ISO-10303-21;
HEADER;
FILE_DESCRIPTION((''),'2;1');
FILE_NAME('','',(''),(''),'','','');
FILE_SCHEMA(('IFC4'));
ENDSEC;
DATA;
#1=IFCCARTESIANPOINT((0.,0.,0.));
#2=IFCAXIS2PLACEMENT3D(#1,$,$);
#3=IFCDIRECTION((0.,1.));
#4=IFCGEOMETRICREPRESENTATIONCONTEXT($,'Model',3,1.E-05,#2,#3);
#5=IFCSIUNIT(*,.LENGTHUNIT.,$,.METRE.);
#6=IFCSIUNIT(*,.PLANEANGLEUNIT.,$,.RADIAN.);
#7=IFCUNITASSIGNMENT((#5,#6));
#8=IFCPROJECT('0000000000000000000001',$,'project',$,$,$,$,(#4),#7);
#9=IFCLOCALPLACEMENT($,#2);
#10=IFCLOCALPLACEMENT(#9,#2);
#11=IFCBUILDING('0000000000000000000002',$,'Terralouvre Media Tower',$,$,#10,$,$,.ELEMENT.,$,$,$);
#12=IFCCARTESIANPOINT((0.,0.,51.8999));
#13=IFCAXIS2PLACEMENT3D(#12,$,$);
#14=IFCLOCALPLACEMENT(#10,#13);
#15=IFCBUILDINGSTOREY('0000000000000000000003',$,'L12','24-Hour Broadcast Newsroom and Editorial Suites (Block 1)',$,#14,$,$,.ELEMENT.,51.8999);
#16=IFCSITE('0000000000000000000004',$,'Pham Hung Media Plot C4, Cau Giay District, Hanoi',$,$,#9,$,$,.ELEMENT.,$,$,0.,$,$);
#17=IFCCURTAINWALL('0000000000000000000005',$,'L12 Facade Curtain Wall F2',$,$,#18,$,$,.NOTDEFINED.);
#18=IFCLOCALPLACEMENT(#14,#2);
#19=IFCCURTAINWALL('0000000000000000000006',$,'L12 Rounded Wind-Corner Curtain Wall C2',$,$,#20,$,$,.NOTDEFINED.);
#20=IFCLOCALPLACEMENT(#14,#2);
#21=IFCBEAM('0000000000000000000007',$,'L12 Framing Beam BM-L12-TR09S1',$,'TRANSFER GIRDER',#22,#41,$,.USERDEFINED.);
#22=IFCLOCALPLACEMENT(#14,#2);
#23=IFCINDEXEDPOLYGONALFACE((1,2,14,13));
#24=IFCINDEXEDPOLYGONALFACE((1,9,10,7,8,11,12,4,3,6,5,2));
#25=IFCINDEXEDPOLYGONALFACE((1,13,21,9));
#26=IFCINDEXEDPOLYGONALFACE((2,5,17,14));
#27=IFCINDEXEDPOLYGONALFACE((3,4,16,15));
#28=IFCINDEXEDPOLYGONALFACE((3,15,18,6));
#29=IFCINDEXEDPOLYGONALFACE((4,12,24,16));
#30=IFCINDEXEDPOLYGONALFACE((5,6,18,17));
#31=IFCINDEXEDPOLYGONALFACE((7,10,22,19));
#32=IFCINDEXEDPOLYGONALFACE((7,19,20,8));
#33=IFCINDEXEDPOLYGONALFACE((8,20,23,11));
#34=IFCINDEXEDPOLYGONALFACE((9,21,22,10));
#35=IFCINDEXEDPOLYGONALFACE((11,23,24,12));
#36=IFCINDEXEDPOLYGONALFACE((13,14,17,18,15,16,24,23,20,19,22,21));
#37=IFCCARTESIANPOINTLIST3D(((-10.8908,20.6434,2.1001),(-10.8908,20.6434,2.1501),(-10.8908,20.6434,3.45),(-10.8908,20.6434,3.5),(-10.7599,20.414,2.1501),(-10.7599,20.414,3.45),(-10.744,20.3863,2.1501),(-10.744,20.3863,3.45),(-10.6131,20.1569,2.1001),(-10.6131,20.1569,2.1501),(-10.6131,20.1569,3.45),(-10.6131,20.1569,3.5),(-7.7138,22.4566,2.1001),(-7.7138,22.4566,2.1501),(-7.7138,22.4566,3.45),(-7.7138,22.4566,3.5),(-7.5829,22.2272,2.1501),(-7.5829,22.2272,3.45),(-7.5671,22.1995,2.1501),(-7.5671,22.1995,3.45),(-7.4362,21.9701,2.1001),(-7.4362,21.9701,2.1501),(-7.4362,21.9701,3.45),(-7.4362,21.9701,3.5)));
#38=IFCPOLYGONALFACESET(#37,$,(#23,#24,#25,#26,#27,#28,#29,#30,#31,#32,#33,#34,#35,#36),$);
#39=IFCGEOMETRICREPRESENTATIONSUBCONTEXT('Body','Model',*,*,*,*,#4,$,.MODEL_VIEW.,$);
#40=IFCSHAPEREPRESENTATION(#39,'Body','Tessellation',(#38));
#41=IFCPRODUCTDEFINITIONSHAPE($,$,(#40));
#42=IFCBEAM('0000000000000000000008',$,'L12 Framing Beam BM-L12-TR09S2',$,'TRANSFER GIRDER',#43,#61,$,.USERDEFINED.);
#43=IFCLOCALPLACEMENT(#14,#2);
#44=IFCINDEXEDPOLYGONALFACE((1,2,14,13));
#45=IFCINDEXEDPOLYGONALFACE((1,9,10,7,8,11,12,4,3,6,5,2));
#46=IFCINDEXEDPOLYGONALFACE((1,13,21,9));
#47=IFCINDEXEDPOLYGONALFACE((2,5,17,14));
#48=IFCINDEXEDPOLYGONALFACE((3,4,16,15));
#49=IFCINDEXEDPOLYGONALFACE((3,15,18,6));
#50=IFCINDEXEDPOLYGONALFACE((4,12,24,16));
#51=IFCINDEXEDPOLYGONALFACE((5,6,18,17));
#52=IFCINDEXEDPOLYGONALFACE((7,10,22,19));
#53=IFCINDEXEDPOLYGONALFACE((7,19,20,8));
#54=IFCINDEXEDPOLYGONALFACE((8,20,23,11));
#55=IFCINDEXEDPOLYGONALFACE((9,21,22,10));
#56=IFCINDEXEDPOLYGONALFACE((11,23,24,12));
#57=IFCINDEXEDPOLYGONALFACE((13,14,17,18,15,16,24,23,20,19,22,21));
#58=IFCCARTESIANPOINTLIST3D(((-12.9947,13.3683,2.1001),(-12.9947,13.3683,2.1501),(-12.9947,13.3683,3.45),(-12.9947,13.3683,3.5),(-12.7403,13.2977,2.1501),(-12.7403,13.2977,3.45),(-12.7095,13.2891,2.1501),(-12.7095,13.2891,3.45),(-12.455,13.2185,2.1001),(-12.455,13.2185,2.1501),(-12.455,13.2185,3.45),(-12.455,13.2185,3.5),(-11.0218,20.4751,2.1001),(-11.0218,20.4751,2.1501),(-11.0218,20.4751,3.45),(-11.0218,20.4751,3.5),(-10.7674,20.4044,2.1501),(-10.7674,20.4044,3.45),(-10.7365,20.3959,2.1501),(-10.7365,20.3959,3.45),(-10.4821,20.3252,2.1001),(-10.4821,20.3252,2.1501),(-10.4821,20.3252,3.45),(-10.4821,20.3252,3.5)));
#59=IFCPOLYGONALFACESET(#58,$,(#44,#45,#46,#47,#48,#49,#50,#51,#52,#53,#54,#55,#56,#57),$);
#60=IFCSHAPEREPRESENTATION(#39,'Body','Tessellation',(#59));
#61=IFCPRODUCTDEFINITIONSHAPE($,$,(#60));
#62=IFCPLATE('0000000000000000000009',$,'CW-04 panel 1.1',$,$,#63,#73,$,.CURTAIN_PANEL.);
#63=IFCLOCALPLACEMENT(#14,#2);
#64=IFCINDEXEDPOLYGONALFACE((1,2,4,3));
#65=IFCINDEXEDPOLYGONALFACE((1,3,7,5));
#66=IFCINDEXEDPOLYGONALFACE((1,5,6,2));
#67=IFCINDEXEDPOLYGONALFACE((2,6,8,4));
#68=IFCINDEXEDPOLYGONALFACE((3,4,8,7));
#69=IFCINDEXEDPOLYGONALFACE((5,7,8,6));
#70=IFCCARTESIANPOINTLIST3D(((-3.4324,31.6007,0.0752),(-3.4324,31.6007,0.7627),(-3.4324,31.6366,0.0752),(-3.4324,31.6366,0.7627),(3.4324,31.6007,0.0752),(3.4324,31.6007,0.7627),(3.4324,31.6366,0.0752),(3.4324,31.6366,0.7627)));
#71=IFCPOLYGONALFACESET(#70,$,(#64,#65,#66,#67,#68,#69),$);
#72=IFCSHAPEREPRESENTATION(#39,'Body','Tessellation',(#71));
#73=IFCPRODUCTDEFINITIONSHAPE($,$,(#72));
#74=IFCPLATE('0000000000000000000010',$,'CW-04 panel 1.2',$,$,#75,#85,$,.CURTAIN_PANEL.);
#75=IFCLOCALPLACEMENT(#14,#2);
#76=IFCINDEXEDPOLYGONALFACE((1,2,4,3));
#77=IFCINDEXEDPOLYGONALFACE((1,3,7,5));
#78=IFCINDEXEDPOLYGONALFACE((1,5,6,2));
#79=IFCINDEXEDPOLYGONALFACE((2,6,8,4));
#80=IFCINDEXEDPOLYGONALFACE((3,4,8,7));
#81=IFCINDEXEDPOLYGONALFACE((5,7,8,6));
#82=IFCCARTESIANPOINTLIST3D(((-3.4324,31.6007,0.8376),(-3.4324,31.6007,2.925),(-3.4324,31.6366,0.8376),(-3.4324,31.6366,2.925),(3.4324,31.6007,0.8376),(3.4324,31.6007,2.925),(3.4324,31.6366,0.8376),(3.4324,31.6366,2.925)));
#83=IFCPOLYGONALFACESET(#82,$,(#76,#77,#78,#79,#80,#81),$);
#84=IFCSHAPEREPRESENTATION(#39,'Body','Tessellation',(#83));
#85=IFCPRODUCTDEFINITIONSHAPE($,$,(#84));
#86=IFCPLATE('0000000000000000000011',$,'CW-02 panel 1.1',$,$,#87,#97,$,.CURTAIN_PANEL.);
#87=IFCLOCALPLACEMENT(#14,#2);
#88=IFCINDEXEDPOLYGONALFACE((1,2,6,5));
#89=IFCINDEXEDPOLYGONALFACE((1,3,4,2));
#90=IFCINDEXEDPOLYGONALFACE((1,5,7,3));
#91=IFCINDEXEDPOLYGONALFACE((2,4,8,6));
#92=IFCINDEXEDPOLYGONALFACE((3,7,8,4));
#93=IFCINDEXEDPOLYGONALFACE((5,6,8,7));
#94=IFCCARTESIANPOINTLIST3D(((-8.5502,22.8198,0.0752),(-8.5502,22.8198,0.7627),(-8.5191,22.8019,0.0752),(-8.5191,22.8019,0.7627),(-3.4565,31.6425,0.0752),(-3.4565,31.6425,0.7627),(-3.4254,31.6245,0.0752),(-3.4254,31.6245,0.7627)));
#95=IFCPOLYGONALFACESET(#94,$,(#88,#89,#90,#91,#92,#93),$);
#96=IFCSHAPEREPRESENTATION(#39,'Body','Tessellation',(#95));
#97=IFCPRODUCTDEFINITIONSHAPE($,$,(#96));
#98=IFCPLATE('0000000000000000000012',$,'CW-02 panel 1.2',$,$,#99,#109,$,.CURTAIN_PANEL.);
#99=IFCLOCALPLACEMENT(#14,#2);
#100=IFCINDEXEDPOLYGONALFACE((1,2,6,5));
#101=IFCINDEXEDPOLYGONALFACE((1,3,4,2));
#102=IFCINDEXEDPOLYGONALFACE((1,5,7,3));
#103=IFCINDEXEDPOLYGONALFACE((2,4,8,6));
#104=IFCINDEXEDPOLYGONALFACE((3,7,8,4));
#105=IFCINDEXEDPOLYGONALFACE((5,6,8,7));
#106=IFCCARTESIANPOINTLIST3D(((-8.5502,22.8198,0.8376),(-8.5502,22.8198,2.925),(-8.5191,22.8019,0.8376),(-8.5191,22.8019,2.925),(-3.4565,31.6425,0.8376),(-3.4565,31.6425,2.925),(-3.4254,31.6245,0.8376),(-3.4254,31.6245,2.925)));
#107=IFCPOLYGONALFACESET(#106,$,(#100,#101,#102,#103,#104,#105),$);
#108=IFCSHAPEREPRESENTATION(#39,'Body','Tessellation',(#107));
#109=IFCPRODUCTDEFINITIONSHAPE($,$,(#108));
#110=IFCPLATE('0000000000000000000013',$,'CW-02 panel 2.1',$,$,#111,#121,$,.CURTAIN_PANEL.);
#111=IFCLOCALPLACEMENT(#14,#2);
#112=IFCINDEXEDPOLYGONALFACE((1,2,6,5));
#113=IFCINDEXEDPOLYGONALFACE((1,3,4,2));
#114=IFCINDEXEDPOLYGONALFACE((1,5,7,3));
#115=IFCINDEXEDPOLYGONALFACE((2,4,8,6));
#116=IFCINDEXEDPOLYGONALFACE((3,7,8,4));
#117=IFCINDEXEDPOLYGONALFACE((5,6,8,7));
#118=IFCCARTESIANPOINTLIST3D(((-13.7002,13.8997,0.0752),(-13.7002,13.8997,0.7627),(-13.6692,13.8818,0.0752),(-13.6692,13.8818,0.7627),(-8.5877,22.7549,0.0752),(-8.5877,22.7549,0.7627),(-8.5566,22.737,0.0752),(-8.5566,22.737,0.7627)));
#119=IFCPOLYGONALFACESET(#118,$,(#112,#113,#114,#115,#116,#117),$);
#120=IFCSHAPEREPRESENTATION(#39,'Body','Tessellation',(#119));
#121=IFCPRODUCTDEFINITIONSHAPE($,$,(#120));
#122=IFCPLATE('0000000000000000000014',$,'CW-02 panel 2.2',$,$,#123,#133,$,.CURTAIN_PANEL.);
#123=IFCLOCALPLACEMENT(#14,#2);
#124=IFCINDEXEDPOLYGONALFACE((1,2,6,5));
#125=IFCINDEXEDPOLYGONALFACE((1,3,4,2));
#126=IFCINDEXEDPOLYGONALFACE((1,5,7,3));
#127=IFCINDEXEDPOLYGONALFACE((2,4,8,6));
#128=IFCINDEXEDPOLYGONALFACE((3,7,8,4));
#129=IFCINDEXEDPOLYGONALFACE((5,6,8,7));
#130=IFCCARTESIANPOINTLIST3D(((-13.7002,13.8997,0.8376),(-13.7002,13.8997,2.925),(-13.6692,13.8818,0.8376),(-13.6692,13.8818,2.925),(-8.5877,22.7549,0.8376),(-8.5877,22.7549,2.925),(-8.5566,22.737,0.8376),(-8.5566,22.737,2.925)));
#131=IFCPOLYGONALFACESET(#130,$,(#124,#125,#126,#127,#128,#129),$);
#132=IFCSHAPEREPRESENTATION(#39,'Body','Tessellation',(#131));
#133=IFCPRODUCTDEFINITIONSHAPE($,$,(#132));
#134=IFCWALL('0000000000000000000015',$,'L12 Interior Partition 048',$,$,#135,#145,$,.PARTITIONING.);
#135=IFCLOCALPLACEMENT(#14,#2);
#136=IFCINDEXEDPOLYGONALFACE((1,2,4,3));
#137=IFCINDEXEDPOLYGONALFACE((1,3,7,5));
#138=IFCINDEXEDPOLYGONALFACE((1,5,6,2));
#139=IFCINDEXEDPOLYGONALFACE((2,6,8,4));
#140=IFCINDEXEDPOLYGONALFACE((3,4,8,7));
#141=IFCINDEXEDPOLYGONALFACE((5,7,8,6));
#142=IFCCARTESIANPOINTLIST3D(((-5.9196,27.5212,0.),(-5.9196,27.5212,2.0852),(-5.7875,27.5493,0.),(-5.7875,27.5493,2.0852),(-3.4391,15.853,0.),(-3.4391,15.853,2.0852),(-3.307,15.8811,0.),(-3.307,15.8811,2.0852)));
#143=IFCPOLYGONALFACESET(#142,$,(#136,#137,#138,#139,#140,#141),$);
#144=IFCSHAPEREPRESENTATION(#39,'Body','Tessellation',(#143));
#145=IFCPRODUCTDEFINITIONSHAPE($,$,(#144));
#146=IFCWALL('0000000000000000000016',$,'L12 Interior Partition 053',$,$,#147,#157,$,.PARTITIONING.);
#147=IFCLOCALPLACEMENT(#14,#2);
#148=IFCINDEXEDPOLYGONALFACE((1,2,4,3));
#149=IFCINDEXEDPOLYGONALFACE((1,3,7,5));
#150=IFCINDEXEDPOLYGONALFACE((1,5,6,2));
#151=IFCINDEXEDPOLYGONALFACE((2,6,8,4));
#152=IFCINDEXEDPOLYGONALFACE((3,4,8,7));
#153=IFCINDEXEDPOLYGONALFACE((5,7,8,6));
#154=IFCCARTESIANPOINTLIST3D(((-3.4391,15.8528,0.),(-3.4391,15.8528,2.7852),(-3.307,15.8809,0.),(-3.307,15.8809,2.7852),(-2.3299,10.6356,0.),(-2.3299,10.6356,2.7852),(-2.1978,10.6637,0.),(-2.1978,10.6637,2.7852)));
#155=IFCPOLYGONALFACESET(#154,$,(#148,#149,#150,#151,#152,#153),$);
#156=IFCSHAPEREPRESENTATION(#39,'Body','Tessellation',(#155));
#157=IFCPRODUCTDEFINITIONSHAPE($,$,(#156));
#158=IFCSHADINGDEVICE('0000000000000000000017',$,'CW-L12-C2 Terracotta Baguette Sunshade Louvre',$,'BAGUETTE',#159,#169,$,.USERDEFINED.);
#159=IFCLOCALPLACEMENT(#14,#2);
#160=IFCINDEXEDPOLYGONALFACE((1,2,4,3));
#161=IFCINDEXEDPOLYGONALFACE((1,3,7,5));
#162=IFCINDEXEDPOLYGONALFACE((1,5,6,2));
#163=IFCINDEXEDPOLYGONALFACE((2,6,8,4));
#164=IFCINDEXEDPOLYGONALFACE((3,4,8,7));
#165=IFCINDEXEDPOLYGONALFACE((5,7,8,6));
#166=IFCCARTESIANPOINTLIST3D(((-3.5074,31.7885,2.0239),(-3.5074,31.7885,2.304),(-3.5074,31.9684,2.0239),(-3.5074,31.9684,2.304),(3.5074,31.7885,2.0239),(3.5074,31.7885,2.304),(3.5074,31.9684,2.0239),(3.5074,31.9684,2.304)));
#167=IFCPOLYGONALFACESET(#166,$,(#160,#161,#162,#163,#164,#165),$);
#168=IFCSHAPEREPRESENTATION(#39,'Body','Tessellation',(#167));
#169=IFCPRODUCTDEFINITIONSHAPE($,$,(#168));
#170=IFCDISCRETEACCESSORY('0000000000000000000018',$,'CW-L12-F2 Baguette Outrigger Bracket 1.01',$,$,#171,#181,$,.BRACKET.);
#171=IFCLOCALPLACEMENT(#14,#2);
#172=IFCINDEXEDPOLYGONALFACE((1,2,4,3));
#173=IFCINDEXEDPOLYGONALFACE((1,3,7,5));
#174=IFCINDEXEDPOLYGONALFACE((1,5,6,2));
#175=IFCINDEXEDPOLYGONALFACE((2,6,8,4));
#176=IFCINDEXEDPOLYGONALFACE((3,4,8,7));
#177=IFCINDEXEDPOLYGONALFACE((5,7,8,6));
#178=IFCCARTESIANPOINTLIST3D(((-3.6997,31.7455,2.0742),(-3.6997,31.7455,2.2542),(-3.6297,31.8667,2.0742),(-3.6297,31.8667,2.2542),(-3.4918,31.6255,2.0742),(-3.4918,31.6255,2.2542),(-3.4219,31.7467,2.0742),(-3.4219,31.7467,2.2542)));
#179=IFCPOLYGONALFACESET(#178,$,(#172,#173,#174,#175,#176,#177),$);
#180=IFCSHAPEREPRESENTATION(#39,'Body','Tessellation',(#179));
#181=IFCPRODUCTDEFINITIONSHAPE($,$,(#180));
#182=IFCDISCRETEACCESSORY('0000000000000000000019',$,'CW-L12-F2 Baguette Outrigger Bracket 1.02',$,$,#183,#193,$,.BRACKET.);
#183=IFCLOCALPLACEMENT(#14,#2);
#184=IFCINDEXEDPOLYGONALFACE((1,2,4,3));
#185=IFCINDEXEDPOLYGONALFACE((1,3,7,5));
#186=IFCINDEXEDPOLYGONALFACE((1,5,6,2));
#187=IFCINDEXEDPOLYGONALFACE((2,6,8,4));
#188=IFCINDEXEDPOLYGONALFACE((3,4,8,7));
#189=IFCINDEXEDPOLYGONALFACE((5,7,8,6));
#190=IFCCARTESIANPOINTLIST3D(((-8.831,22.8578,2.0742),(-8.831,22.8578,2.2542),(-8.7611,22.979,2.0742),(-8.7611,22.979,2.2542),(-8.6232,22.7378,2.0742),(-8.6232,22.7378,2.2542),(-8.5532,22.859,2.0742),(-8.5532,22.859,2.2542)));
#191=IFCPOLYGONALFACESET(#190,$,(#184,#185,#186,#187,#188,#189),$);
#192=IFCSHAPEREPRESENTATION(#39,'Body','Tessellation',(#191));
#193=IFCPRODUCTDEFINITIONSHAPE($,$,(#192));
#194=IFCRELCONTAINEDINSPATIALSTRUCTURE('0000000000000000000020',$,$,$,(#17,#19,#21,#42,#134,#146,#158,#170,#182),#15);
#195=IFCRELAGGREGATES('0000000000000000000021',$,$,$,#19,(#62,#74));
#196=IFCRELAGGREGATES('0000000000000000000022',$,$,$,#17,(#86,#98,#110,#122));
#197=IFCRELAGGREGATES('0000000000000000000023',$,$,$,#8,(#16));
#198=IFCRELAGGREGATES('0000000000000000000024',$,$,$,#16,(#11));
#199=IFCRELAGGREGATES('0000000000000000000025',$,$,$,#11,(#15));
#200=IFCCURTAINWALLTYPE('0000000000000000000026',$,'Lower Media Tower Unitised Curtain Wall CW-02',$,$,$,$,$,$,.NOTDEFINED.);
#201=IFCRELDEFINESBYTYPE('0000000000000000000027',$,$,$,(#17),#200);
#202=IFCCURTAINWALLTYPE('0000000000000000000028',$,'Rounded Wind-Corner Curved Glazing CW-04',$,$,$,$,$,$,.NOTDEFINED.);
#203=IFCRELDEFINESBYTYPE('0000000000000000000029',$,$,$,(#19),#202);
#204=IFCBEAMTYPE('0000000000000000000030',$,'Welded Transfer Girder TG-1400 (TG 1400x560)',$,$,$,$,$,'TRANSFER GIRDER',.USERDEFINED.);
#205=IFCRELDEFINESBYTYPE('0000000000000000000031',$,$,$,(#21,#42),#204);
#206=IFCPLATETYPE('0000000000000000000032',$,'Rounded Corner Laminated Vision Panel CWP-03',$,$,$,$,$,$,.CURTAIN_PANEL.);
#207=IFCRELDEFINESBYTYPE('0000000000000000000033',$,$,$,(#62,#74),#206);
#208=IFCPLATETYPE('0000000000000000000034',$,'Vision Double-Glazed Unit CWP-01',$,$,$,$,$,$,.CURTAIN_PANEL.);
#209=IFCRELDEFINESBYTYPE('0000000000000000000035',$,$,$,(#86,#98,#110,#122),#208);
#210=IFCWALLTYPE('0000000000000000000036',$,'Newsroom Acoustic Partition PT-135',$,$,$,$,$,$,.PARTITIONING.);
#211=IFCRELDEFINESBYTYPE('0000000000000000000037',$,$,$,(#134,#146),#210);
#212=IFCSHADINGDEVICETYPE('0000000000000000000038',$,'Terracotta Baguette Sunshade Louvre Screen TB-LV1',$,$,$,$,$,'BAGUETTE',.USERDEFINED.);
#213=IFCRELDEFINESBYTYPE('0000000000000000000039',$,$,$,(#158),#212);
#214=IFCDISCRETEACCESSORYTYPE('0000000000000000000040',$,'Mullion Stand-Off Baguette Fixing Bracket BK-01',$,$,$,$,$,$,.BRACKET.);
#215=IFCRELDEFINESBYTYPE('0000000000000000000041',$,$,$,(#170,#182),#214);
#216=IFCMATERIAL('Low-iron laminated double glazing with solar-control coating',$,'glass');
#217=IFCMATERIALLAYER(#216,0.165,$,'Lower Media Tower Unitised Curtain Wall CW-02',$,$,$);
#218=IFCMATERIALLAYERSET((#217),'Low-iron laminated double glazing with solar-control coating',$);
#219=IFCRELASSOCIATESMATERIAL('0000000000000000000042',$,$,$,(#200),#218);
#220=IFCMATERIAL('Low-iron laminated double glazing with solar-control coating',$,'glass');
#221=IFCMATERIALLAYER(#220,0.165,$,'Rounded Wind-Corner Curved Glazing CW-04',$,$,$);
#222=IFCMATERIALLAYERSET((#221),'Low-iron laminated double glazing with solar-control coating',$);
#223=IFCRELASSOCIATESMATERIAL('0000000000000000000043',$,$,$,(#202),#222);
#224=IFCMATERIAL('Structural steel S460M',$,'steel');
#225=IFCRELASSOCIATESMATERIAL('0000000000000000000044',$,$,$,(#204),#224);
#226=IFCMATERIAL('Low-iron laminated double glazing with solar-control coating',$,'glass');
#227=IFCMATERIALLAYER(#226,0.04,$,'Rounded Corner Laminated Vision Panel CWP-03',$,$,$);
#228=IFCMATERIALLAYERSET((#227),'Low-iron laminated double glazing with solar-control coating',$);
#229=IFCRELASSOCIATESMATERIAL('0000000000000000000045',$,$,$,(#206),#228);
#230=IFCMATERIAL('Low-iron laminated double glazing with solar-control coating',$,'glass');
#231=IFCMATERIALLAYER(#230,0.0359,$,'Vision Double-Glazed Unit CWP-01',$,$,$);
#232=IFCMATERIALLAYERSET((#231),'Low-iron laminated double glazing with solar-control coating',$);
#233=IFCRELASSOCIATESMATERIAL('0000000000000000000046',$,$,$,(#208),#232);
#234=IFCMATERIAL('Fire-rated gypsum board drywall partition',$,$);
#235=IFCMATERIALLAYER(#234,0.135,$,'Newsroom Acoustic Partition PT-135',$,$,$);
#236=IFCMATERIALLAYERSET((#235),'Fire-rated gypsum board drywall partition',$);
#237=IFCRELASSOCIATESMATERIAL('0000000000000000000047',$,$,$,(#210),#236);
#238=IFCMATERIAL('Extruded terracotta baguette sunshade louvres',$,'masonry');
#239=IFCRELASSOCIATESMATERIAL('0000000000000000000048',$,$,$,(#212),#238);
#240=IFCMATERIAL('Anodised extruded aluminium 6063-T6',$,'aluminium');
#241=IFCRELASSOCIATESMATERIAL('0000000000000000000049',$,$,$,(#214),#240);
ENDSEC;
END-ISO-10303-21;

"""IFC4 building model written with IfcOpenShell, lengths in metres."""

from ifc_helpers import new_model, si_unit, direction, frame, frame_2d, origin, origin_2d, place, context, subcontext, project, spatial, rectangle, i_section, extrude, material, layer, layer_set, material_profile, profile_set, type_object, element, aggregate, save


model = new_model("IFC4")

# Units and contexts
model_context = context("Model", 3, precision=1e-05, world=origin(), true_north=direction((0.0, 1.0)))
body_context = subcontext(model_context, "Body", "Model", "MODEL_VIEW")
ifc_project = project(units=[si_unit("LENGTHUNIT", "METRE"), si_unit("PLANEANGLEUNIT", "RADIAN")], contexts=[model_context])

# Site, building, storey
site_placement = place(None, origin())
site = spatial("IfcSite", under=ifc_project, at=site_placement, Name="Pham Hung Media Plot C4, Cau Giay District, Hanoi", CompositionType="ELEMENT", RefElevation=0.0)
building_placement = place(site_placement, origin())
building = spatial("IfcBuilding", under=site, at=building_placement, Name="Terralouvre Media Tower", CompositionType="ELEMENT")
storey_placement = place(building_placement, frame((0.0, 0.0, 51.8999)))
storey = spatial("IfcBuildingStorey", under=building, at=storey_placement, Name="L12", Description="24-Hour Broadcast Newsroom and Editorial Suites (Block 1)", CompositionType="ELEMENT", Elevation=51.8999)

# Curtain wall
ifc_material_1 = material(Name="Low-iron laminated double glazing with solar-control coating", Category="glass")
ifc_layer_1 = layer(ifc_material_1, 0.165, Name="Lower Media Tower Unitised Curtain Wall CW-02")
ifc_layer_set_1 = layer_set([ifc_layer_1], Name="Low-iron laminated double glazing with solar-control coating")
curtain_wall_type_1 = type_object("IfcCurtainWallType", Name="Lower Media Tower Unitised Curtain Wall CW-02", PredefinedType="NOTDEFINED", material=ifc_layer_set_1)
curtain_wall_1_placement = place(storey_placement, origin())
curtain_wall_1 = element("IfcCurtainWall", 1, at=curtain_wall_1_placement, inside=storey, type_object=curtain_wall_type_1, Name="L12 Facade Curtain Wall F2", PredefinedType="NOTDEFINED")

# Curtain wall
ifc_material_2 = material(Name="Low-iron laminated double glazing with solar-control coating", Category="glass")
ifc_layer_2 = layer(ifc_material_2, 0.165, Name="Rounded Wind-Corner Curved Glazing CW-04")
ifc_layer_set_2 = layer_set([ifc_layer_2], Name="Low-iron laminated double glazing with solar-control coating")
curtain_wall_type_2 = type_object("IfcCurtainWallType", Name="Rounded Wind-Corner Curved Glazing CW-04", PredefinedType="NOTDEFINED", material=ifc_layer_set_2)
curtain_wall_2_placement = place(storey_placement, origin())
curtain_wall_2 = element("IfcCurtainWall", 2, at=curtain_wall_2_placement, inside=storey, type_object=curtain_wall_type_2, Name="L12 Rounded Wind-Corner Curtain Wall C2", PredefinedType="NOTDEFINED")

# Beams
ifc_material_3 = material(Name="Structural steel S460M", Category="steel")
ifc_material_profile_1 = material_profile(ifc_material_3, i_section(OverallWidth=0.5601, OverallDepth=1.3999, WebThickness=0.032, FlangeThickness=0.05, at=origin_2d()), Name="TG 1400x560")
ifc_profile_set_1 = profile_set([ifc_material_profile_1], Name="Structural steel S460M")
beam_type_1 = type_object("IfcBeamType", Name="Welded Transfer Girder TG-1400 (TG 1400x560)", ElementType="TRANSFER GIRDER", PredefinedType="USERDEFINED", material=ifc_profile_set_1)
beam_1_placement = place(storey_placement, frame((-10.752, 20.4001, 2.8), z_axis=(0.868502, 0.495686, 0.0), x_axis=(-0.495686, 0.868502, 0.0)))
element("IfcBeam", 3, at=beam_1_placement, inside=storey, type_object=beam_type_1, Name="L12 Framing Beam BM-L12-TR09S1", ObjectType="TRANSFER GIRDER", PredefinedType="USERDEFINED", context=body_context, shape_type="SweptSolid", body=[
    extrude(i_section(OverallWidth=0.5601, OverallDepth=1.3999, WebThickness=0.032, FlangeThickness=0.05, at=origin_2d()), origin(), (0.0, 0.0, 1.0), 3.658),
])
beam_2_placement = place(storey_placement, frame((-10.752, 20.4001, 2.8), z_axis=(-0.267495, -0.963559, 0.0), x_axis=(0.963559, -0.267495, 0.0)))
element("IfcBeam", 4, at=beam_2_placement, inside=storey, type_object=beam_type_1, Name="L12 Framing Beam BM-L12-TR09S2", ObjectType="TRANSFER GIRDER", PredefinedType="USERDEFINED", context=body_context, shape_type="SweptSolid", body=[
    extrude(i_section(OverallWidth=0.5601, OverallDepth=1.3999, WebThickness=0.032, FlangeThickness=0.05, at=origin_2d()), origin(), (0.0, 0.0, 1.0), 7.3755),
])

# Plates
ifc_material_4 = material(Name="Low-iron laminated double glazing with solar-control coating", Category="glass")
ifc_layer_3 = layer(ifc_material_4, 0.04, Name="Rounded Corner Laminated Vision Panel CWP-03")
ifc_layer_set_3 = layer_set([ifc_layer_3], Name="Low-iron laminated double glazing with solar-control coating")
plate_type_1 = type_object("IfcPlateType", Name="Rounded Corner Laminated Vision Panel CWP-03", PredefinedType="CURTAIN_PANEL", material=ifc_layer_set_3)
plate_1_placement = place(storey_placement, frame((0.0, 31.6187, 0.0752), z_axis=(0.0, 0.0, 1.0), x_axis=(-1.0, 0.0, 0.0)))
plate_1 = element("IfcPlate", 5, at=plate_1_placement, type_object=plate_type_1, Name="CW-04 panel 1.1", PredefinedType="CURTAIN_PANEL", context=body_context, shape_type="SweptSolid", body=[
    extrude(rectangle(XDim=6.8647, YDim=0.0359, at=origin_2d()), origin(), (0.0, 0.0, 1.0), 0.6875),
])
plate_2_placement = place(storey_placement, frame((0.0, 31.6187, 0.8376), z_axis=(0.0, 0.0, 1.0), x_axis=(-1.0, 0.0, 0.0)))
plate_2 = element("IfcPlate", 6, at=plate_2_placement, type_object=plate_type_1, Name="CW-04 panel 1.2", PredefinedType="CURTAIN_PANEL", context=body_context, shape_type="SweptSolid", body=[
    extrude(rectangle(XDim=6.8647, YDim=0.0359, at=origin_2d()), origin(), (0.0, 0.0, 1.0), 2.0874),
])
aggregate(curtain_wall_2, [plate_1, plate_2])
ifc_material_5 = material(Name="Low-iron laminated double glazing with solar-control coating", Category="glass")
ifc_layer_4 = layer(ifc_material_5, 0.0359, Name="Vision Double-Glazed Unit CWP-01")
ifc_layer_set_4 = layer_set([ifc_layer_4], Name="Low-iron laminated double glazing with solar-control coating")
plate_type_2 = type_object("IfcPlateType", Name="Vision Double-Glazed Unit CWP-01", PredefinedType="CURTAIN_PANEL", material=ifc_layer_set_4)
plate_3_placement = place(storey_placement, frame((-5.9878, 27.2222, 0.0752), z_axis=(0.0, 0.0, 1.0), x_axis=(-0.5, -0.866025, 0.0)))
plate_3 = element("IfcPlate", 7, at=plate_3_placement, type_object=plate_type_2, Name="CW-02 panel 1.1", PredefinedType="CURTAIN_PANEL", context=body_context, shape_type="SweptSolid", body=[
    extrude(rectangle(XDim=10.1875, YDim=0.0359, at=origin_2d()), origin(), (0.0, 0.0, 1.0), 0.6875),
])
plate_4_placement = place(storey_placement, frame((-5.9878, 27.2222, 0.8376), z_axis=(0.0, 0.0, 1.0), x_axis=(-0.5, -0.866025, 0.0)))
plate_4 = element("IfcPlate", 8, at=plate_4_placement, type_object=plate_type_2, Name="CW-02 panel 1.2", PredefinedType="CURTAIN_PANEL", context=body_context, shape_type="SweptSolid", body=[
    extrude(rectangle(XDim=10.1875, YDim=0.0359, at=origin_2d()), origin(), (0.0, 0.0, 1.0), 2.0874),
])
plate_5_placement = place(storey_placement, frame((-11.1284, 18.3184, 0.0752), z_axis=(0.0, 0.0, 1.0), x_axis=(-0.5, -0.866025, 0.0)))
plate_5 = element("IfcPlate", 9, at=plate_5_placement, type_object=plate_type_2, Name="CW-02 panel 2.1", PredefinedType="CURTAIN_PANEL", context=body_context, shape_type="SweptSolid", body=[
    extrude(rectangle(XDim=10.2251, YDim=0.0359, at=origin_2d()), origin(), (0.0, 0.0, 1.0), 0.6875),
])
plate_6_placement = place(storey_placement, frame((-11.1284, 18.3184, 0.8376), z_axis=(0.0, 0.0, 1.0), x_axis=(-0.5, -0.866025, 0.0)))
plate_6 = element("IfcPlate", 10, at=plate_6_placement, type_object=plate_type_2, Name="CW-02 panel 2.2", PredefinedType="CURTAIN_PANEL", context=body_context, shape_type="SweptSolid", body=[
    extrude(rectangle(XDim=10.2251, YDim=0.0359, at=origin_2d()), origin(), (0.0, 0.0, 1.0), 2.0874),
])
aggregate(curtain_wall_1, [plate_3, plate_4, plate_5, plate_6])

# Walls
ifc_material_6 = material(Name="Fire-rated gypsum board drywall partition")
ifc_layer_5 = layer(ifc_material_6, 0.135, Name="Newsroom Acoustic Partition PT-135")
ifc_layer_set_5 = layer_set([ifc_layer_5], Name="Fire-rated gypsum board drywall partition")
wall_type = type_object("IfcWallType", Name="Newsroom Acoustic Partition PT-135", PredefinedType="PARTITIONING", material=ifc_layer_set_5)
wall_1_placement = place(storey_placement, frame((-5.8535, 27.5352, 0.0), z_axis=(0.0, 0.0, 1.0), x_axis=(0.207937, -0.978142, 0.0)))
element("IfcWall", 11, at=wall_1_placement, inside=storey, type_object=wall_type, Name="L12 Interior Partition 048", PredefinedType="PARTITIONING", context=body_context, shape_type="SweptSolid", body=[
    extrude(rectangle(XDim=11.929, YDim=0.135, at=frame_2d((5.9644, 0.0))), origin(), (0.0, 0.0, 1.0), 2.0852),
])
wall_2_placement = place(storey_placement, frame((-3.373, 15.8669, 0.0), z_axis=(0.0, 0.0, 1.0), x_axis=(0.20795, -0.978139, 0.0)))
element("IfcWall", 12, at=wall_2_placement, inside=storey, type_object=wall_type, Name="L12 Interior Partition 053", PredefinedType="PARTITIONING", context=body_context, shape_type="SweptSolid", body=[
    extrude(rectangle(XDim=5.3337, YDim=0.135, at=frame_2d((2.667, 0.0))), origin(), (0.0, 0.0, 1.0), 2.7852),
])

# Shading device
ifc_material_7 = material(Name="Extruded terracotta baguette sunshade louvres", Category="masonry")
shading_device_type = type_object("IfcShadingDeviceType", Name="Terracotta Baguette Sunshade Louvre Screen TB-LV1", ElementType="BAGUETTE", PredefinedType="USERDEFINED", material=ifc_material_7)
shading_device_placement = place(storey_placement, frame((0.0, 31.8784, 2.0239), z_axis=(0.0, 0.0, 1.0), x_axis=(-1.0, 0.0, 0.0)))
element("IfcShadingDevice", 13, at=shading_device_placement, inside=storey, type_object=shading_device_type, Name="CW-L12-C2 Terracotta Baguette Sunshade Louvre", ObjectType="BAGUETTE", PredefinedType="USERDEFINED", context=body_context, shape_type="SweptSolid", body=[
    extrude(rectangle(XDim=7.0149, YDim=0.1799, at=origin_2d()), origin(), (0.0, 0.0, 1.0), 0.28),
])

# Discrete accessories
ifc_material_8 = material(Name="Anodised extruded aluminium 6063-T6", Category="aluminium")
discrete_accessory_type = type_object("IfcDiscreteAccessoryType", Name="Mullion Stand-Off Baguette Fixing Bracket BK-01", PredefinedType="BRACKET", material=ifc_material_8)
for number, where, z_axis, x_axis, name in (
    (14, (-3.5608, 31.7461, 2.0742), (0.0, 0.0, 1.0), (-0.5, -0.866025, 0.0), "CW-L12-F2 Baguette Outrigger Bracket 1.01"),
    (15, (-8.6921, 22.8584, 2.0742), (0.0, 0.0, 1.0), (-0.5, -0.866025, 0.0), "CW-L12-F2 Baguette Outrigger Bracket 1.02"),
):
    element("IfcDiscreteAccessory", number, at=place(storey_placement, frame(where, z_axis=z_axis, x_axis=x_axis)), inside=storey, type_object=discrete_accessory_type, Name=name, PredefinedType="BRACKET", context=body_context, shape_type="SweptSolid", body=[
        extrude(rectangle(XDim=0.1399, YDim=0.24, at=origin_2d()), origin(), (0.0, 0.0, 1.0), 0.1799),
    ])

save(model, "model.ifc")
